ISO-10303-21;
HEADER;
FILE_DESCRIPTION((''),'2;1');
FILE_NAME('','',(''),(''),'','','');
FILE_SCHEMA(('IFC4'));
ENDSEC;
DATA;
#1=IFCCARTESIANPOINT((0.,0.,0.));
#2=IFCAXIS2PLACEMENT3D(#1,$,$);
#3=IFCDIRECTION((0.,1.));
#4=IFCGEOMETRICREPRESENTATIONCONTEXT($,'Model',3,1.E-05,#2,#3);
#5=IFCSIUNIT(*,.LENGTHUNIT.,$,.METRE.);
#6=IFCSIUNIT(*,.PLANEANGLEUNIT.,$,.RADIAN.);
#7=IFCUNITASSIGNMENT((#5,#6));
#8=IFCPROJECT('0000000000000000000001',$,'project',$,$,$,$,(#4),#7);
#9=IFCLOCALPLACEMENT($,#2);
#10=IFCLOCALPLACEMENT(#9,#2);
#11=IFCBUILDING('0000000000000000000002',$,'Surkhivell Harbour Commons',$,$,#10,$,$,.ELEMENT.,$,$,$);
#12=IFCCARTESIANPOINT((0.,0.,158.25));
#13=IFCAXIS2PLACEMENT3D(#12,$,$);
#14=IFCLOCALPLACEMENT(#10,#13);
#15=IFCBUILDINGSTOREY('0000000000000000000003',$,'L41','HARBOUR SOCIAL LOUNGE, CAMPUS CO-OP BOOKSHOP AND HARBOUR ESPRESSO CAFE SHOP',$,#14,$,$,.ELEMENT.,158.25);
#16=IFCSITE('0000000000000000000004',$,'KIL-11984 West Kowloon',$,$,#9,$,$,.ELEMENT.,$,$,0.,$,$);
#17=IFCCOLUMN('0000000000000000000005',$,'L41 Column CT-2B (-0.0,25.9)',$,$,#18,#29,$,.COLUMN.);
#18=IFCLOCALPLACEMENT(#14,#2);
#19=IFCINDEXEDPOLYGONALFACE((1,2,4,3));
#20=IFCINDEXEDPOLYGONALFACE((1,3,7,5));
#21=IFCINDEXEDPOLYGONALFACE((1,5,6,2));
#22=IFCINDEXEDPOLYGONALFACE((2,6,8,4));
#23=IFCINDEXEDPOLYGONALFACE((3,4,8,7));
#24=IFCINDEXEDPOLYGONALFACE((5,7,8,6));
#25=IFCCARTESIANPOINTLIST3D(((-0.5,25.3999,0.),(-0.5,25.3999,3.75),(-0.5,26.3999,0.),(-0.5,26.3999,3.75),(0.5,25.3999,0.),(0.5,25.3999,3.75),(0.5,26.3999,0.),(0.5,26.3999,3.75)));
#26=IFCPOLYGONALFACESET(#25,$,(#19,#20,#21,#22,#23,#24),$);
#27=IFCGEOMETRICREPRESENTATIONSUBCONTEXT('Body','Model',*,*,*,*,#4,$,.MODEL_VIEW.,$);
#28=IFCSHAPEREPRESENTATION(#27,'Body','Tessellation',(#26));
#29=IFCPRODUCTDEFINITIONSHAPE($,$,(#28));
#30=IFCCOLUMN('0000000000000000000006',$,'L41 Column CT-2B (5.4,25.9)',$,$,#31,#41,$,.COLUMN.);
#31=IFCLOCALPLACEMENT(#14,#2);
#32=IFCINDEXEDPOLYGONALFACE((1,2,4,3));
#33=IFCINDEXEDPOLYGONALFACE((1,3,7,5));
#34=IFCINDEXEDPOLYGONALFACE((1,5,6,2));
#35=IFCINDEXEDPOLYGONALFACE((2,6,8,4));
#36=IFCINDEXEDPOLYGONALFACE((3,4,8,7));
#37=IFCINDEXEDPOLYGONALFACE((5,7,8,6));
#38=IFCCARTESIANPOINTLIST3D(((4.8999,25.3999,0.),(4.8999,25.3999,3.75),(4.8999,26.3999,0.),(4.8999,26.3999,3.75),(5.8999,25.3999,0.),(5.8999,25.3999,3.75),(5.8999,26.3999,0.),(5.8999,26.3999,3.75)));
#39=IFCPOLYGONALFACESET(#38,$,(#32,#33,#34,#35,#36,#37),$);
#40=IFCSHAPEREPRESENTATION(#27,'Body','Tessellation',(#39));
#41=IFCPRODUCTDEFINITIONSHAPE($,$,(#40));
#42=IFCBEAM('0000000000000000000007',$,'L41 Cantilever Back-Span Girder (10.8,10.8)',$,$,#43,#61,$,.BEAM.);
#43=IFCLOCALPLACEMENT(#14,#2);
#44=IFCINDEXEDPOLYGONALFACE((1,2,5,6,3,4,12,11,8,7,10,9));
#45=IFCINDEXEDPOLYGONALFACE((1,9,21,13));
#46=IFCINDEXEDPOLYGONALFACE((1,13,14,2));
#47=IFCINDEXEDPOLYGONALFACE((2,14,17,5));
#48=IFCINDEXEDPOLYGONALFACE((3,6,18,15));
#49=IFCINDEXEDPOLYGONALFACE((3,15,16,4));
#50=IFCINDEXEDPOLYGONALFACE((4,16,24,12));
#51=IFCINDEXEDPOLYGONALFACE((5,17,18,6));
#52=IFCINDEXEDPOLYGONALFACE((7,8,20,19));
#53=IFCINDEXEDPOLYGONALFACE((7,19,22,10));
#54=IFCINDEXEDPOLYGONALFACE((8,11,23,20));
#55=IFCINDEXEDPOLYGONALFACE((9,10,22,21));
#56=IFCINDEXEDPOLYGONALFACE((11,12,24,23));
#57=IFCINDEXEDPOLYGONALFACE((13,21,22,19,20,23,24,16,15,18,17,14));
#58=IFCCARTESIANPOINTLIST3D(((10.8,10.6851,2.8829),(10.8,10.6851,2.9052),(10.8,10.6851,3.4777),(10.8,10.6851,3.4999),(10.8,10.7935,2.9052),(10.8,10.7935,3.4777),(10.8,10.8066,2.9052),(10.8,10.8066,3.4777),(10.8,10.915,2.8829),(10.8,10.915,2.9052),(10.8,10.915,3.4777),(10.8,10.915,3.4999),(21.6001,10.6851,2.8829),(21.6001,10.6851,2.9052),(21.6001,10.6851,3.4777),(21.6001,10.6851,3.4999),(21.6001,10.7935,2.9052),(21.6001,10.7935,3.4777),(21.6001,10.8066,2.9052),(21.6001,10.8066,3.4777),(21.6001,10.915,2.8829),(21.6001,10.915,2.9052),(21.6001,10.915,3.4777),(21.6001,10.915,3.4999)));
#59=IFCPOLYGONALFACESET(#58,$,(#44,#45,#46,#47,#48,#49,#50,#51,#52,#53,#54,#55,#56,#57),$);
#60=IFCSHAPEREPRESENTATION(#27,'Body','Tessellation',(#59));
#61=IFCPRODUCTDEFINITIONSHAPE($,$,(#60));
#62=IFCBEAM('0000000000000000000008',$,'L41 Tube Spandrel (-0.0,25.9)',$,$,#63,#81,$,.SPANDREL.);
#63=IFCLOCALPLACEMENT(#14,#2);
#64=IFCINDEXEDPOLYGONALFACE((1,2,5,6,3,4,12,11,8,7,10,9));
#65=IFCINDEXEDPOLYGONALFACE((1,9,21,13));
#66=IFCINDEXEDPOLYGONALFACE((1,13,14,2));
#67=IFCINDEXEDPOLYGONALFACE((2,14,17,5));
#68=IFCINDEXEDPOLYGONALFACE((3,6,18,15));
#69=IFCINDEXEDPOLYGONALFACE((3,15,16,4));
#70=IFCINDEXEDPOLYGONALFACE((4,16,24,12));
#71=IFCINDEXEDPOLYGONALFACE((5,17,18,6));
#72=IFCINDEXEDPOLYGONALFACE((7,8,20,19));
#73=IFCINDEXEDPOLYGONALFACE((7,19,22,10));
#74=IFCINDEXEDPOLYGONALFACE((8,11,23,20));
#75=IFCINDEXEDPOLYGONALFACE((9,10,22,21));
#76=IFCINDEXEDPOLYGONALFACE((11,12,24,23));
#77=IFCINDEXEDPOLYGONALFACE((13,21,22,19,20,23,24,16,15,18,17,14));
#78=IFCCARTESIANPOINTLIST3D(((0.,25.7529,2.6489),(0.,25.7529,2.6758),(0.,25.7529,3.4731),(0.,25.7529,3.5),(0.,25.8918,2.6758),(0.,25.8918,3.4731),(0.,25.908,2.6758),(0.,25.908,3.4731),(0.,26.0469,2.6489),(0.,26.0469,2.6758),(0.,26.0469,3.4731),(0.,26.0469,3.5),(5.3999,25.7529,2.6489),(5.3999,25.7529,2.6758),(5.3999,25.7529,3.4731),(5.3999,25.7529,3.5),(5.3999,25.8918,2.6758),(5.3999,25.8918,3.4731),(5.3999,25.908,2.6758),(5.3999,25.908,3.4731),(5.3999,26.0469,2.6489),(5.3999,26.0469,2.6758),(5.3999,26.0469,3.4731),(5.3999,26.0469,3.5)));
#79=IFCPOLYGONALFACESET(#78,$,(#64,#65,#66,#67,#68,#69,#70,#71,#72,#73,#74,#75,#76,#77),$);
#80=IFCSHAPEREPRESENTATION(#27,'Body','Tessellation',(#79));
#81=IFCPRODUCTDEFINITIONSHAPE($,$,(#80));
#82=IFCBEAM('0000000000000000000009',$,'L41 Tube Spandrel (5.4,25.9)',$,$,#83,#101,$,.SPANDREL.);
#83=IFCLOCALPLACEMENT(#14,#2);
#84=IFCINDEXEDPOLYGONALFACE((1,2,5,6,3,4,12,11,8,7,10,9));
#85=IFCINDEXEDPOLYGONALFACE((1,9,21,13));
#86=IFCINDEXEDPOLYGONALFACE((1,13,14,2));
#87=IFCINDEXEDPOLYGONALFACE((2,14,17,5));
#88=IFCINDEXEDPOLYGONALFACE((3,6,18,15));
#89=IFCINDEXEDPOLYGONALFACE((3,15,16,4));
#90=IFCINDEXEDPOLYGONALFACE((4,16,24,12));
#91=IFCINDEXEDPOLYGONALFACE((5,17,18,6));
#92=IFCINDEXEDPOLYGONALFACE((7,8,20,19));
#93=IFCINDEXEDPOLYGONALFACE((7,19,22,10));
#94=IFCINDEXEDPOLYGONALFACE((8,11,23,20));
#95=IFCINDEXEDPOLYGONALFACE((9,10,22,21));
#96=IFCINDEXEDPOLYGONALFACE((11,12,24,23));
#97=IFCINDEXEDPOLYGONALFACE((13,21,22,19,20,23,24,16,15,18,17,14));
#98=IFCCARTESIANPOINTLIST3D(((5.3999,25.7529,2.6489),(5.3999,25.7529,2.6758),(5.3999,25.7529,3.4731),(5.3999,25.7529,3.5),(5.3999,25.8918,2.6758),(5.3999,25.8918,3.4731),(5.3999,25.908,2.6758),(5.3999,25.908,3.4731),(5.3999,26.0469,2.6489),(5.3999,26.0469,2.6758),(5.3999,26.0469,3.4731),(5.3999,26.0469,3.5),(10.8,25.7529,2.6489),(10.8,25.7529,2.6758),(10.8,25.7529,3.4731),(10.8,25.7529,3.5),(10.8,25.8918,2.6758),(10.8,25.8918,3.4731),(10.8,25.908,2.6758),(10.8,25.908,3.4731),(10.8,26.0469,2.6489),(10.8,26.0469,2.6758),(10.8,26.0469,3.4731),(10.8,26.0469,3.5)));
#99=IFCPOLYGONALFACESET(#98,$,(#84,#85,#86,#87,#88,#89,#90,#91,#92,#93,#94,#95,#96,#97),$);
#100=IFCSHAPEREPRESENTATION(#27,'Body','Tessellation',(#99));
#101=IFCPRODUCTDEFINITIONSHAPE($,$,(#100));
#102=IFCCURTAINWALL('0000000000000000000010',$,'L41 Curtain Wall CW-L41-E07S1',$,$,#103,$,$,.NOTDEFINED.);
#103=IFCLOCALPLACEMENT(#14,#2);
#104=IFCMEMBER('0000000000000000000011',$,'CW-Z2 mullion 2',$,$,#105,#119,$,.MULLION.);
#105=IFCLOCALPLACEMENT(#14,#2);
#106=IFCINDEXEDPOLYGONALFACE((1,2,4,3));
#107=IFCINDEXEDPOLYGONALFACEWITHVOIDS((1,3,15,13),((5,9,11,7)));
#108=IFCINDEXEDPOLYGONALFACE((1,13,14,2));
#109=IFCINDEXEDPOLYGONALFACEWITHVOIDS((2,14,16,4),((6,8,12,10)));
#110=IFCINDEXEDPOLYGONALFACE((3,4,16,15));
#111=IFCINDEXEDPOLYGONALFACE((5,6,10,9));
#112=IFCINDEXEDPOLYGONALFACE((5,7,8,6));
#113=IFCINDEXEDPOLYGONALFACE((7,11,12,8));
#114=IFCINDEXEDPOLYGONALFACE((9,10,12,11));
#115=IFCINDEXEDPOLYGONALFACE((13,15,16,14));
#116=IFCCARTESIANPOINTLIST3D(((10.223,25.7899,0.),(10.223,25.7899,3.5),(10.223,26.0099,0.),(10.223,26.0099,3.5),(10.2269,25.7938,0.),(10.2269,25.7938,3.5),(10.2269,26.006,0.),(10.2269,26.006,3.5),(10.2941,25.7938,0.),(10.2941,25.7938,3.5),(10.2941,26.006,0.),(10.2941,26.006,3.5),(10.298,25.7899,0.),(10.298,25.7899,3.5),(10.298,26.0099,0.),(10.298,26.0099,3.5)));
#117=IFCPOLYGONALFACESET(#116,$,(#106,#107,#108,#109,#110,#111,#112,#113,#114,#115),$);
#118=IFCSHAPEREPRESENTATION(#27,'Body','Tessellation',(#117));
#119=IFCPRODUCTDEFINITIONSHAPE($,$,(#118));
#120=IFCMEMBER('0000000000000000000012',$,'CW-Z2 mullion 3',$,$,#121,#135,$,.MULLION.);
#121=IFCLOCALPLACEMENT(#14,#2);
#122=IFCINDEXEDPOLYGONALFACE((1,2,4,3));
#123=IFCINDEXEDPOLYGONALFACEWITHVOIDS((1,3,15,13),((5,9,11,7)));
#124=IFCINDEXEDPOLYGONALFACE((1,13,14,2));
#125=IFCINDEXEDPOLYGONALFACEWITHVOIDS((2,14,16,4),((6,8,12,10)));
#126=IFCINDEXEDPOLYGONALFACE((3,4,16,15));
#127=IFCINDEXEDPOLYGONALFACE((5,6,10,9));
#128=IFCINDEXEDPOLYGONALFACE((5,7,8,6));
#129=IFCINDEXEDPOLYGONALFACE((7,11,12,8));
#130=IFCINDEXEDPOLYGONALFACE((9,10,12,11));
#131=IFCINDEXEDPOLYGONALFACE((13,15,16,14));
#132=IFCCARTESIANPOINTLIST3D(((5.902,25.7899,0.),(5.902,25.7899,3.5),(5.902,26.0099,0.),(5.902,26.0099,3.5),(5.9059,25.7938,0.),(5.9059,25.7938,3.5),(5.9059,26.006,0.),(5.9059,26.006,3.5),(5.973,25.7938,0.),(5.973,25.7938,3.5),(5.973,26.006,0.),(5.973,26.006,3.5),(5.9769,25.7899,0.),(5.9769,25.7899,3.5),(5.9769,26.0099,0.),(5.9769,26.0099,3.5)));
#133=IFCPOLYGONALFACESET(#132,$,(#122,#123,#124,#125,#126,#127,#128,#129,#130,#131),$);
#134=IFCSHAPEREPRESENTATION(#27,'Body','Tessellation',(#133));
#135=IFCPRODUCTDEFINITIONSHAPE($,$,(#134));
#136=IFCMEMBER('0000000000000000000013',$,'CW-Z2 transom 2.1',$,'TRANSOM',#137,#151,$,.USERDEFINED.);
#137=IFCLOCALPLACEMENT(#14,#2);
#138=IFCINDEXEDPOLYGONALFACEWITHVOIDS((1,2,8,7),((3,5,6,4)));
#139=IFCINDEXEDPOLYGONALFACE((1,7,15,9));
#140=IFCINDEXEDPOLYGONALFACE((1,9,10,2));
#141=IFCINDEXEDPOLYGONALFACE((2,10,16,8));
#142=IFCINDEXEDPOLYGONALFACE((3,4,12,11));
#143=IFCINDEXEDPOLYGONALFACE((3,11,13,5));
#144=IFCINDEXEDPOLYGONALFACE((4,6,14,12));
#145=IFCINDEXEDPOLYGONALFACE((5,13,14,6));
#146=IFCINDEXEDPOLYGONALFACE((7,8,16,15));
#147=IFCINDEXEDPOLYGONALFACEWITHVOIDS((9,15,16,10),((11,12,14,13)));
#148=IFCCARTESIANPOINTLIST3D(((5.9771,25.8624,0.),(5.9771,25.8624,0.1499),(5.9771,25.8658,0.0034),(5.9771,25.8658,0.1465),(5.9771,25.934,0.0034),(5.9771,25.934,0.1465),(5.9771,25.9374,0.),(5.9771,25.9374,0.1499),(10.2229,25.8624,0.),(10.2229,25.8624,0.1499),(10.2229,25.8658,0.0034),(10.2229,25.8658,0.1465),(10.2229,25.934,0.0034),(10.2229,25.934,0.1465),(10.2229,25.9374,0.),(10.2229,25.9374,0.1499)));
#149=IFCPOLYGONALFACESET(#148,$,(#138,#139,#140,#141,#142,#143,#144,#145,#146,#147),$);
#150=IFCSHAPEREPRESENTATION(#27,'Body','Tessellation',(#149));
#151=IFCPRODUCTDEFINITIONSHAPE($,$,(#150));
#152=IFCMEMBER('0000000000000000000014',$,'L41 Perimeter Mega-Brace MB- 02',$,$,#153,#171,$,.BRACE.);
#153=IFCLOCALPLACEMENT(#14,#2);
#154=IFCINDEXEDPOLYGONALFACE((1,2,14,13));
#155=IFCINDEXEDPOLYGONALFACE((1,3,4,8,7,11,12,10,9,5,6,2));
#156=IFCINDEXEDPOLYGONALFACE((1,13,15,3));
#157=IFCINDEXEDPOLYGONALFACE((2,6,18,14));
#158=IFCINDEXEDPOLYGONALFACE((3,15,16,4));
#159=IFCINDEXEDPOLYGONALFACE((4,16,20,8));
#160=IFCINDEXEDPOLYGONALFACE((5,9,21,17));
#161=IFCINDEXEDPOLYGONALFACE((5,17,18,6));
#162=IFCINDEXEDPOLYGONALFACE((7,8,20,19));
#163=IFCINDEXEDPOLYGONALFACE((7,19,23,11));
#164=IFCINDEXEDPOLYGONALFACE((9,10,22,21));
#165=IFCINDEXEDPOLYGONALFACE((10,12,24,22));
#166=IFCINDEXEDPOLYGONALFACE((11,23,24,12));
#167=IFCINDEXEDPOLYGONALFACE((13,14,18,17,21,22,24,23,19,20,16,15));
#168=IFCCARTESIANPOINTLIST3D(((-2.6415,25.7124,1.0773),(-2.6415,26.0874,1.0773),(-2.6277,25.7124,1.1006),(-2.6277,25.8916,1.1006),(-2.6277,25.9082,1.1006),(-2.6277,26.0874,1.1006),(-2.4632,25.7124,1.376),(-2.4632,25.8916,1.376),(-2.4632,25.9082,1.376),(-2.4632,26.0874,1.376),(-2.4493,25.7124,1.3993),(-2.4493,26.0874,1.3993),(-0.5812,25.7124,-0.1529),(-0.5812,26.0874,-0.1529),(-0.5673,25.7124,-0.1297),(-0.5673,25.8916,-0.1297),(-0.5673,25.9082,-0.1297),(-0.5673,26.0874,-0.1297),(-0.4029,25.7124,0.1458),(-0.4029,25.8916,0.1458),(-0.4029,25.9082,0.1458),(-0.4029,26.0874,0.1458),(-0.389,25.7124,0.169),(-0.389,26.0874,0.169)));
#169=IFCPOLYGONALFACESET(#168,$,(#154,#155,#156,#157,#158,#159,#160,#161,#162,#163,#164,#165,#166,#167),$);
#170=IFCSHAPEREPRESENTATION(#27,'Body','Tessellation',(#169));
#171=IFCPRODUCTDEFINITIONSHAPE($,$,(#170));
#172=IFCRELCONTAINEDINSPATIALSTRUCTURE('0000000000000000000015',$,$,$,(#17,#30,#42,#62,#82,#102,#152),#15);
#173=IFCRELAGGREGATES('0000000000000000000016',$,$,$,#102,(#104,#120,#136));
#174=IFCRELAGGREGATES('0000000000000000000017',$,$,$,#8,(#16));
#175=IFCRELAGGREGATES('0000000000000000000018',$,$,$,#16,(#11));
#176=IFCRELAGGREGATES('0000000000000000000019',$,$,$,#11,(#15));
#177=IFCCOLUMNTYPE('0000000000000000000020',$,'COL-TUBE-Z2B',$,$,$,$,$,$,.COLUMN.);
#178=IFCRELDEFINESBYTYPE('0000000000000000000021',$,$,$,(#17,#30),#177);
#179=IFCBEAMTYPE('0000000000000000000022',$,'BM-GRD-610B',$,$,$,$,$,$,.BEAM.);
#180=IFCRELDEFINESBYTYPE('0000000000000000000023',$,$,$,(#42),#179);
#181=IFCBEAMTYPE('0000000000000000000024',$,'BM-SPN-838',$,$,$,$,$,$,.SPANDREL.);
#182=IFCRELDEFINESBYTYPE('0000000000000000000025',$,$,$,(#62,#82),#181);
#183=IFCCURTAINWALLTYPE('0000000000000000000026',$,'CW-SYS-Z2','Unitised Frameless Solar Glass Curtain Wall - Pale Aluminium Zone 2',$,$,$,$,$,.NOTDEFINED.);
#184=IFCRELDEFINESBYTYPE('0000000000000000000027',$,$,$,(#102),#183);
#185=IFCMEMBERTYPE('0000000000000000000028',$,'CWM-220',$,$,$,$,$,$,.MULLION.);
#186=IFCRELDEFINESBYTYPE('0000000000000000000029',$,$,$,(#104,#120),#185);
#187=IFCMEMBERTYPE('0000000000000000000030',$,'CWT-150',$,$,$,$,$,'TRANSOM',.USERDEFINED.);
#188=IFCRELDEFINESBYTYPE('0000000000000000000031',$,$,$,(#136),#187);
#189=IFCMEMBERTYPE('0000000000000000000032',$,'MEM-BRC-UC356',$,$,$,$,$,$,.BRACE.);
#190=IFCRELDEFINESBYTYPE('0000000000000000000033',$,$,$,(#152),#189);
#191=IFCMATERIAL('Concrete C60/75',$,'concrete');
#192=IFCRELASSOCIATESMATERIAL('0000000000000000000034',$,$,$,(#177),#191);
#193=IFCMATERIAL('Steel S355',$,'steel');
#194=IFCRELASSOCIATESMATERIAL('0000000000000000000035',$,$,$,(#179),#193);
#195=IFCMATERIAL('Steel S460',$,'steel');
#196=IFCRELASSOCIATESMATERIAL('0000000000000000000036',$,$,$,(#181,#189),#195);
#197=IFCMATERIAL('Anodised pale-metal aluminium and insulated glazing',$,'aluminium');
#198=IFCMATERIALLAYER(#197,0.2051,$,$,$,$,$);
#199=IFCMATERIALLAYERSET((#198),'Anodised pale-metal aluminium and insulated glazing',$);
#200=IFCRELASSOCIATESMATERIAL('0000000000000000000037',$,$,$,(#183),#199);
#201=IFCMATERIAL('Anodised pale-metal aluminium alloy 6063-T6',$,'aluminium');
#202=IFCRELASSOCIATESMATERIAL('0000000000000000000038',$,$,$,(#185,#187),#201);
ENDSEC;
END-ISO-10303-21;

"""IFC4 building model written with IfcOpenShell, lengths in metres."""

from ifc_helpers import new_model, si_unit, direction, frame, origin, origin_2d, place, context, subcontext, project, spatial, rectangle, hollow_rectangle, i_section, extrude, material, layer, layer_set, material_profile, profile_set, type_object, element, aggregate, save


model = new_model("IFC4")

# Units and contexts
model_context = context("Model", 3, precision=1e-05, world=origin(), true_north=direction((0.0, 1.0)))
body_context = subcontext(model_context, "Body", "Model", "MODEL_VIEW")
ifc_project = project(units=[si_unit("LENGTHUNIT", "METRE"), si_unit("PLANEANGLEUNIT", "RADIAN")], contexts=[model_context])

# Site, building, storey
site_placement = place(None, origin())
site = spatial("IfcSite", under=ifc_project, at=site_placement, Name="KIL-11984 West Kowloon", CompositionType="ELEMENT", RefElevation=0.0)
building_placement = place(site_placement, origin())
building = spatial("IfcBuilding", under=site, at=building_placement, Name="Surkhivell Harbour Commons", CompositionType="ELEMENT")
storey_placement = place(building_placement, frame((0.0, 0.0, 158.25)))
storey = spatial("IfcBuildingStorey", under=building, at=storey_placement, Name="L41", Description="HARBOUR SOCIAL LOUNGE, CAMPUS CO-OP BOOKSHOP AND HARBOUR ESPRESSO CAFE SHOP", CompositionType="ELEMENT", Elevation=158.25)

# Columns
ifc_material_1 = material(Name="Concrete C60/75", Category="concrete")
ifc_material_profile_1 = material_profile(ifc_material_1, rectangle(XDim=1.0, YDim=1.0, at=origin_2d()), Name="RC-COL-1000x1000")
ifc_profile_set_1 = profile_set([ifc_material_profile_1], Name="Concrete C60/75")
column_type = type_object("IfcColumnType", Name="COL-TUBE-Z2B", PredefinedType="COLUMN", material=ifc_profile_set_1)
for number, where, z_axis, x_axis, name in (
    (1, (0.0, 25.8999, 0.0), (0.0, 0.0, 1.0), (1.0, 0.0, 0.0), "L41 Column CT-2B (-0.0,25.9)"),
    (2, (5.3999, 25.8999, 0.0), (0.0, 0.0, 1.0), (1.0, 0.0, 0.0), "L41 Column CT-2B (5.4,25.9)"),
):
    element("IfcColumn", number, at=place(storey_placement, frame(where, z_axis=z_axis, x_axis=x_axis)), inside=storey, type_object=column_type, Name=name, PredefinedType="COLUMN", context=body_context, shape_type="SweptSolid", body=[
        extrude(rectangle(XDim=1.0, YDim=1.0, at=origin_2d()), origin(), (0.0, 0.0, 1.0), 3.75),
    ])

# Beams
ifc_material_2 = material(Name="Steel S355", Category="steel")
ifc_material_profile_2 = material_profile(ifc_material_2, i_section(OverallWidth=0.23, OverallDepth=0.6169, WebThickness=0.0132, FlangeThickness=0.0222, at=origin_2d()), Name="UB610x229x140")
ifc_profile_set_2 = profile_set([ifc_material_profile_2], Name="Steel S355")
beam_type_1 = type_object("IfcBeamType", Name="BM-GRD-610B", PredefinedType="BEAM", material=ifc_profile_set_2)
beam_1_placement = place(storey_placement, frame((10.8, 10.8, 3.1914), z_axis=(1.0, 0.0, 0.0), x_axis=(0.0, 1.0, 0.0)))
element("IfcBeam", 3, at=beam_1_placement, inside=storey, type_object=beam_type_1, Name="L41 Cantilever Back-Span Girder (10.8,10.8)", PredefinedType="BEAM", context=body_context, shape_type="SweptSolid", body=[
    extrude(i_section(OverallWidth=0.23, OverallDepth=0.6169, WebThickness=0.0132, FlangeThickness=0.0222, at=origin_2d()), origin(), (0.0, 0.0, 1.0), 10.8),
])
ifc_material_3 = material(Name="Steel S460", Category="steel")
ifc_material_profile_3 = material_profile(ifc_material_3, i_section(OverallWidth=0.2939, OverallDepth=0.8511, WebThickness=0.0161, FlangeThickness=0.0269, at=origin_2d()), Name="UB838x292x226")
ifc_profile_set_3 = profile_set([ifc_material_profile_3], Name="Steel S460")
beam_type_2 = type_object("IfcBeamType", Name="BM-SPN-838", PredefinedType="SPANDREL", material=ifc_profile_set_3)
beam_2_placement = place(storey_placement, frame((0.0, 25.8999, 3.0745), z_axis=(1.0, 0.0, 0.0), x_axis=(0.0, 1.0, 0.0)))
element("IfcBeam", 4, at=beam_2_placement, inside=storey, type_object=beam_type_2, Name="L41 Tube Spandrel (-0.0,25.9)", PredefinedType="SPANDREL", context=body_context, shape_type="SweptSolid", body=[
    extrude(i_section(OverallWidth=0.2939, OverallDepth=0.8511, WebThickness=0.0161, FlangeThickness=0.0269, at=origin_2d()), origin(), (0.0, 0.0, 1.0), 5.3999),
])
beam_3_placement = place(storey_placement, frame((5.3999, 25.8999, 3.0745), z_axis=(1.0, 0.0, 0.0), x_axis=(0.0, 1.0, 0.0)))
element("IfcBeam", 5, at=beam_3_placement, inside=storey, type_object=beam_type_2, Name="L41 Tube Spandrel (5.4,25.9)", PredefinedType="SPANDREL", context=body_context, shape_type="SweptSolid", body=[
    extrude(i_section(OverallWidth=0.2939, OverallDepth=0.8511, WebThickness=0.0161, FlangeThickness=0.0269, at=origin_2d()), origin(), (0.0, 0.0, 1.0), 5.4001),
])

# Curtain wall, members
ifc_material_4 = material(Name="Anodised pale-metal aluminium and insulated glazing", Category="aluminium")
ifc_layer_1 = layer(ifc_material_4, 0.2051)
ifc_layer_set_1 = layer_set([ifc_layer_1], Name="Anodised pale-metal aluminium and insulated glazing")
curtain_wall_type = type_object("IfcCurtainWallType", Name="CW-SYS-Z2", Description="Unitised Frameless Solar Glass Curtain Wall - Pale Aluminium Zone 2", PredefinedType="NOTDEFINED", material=ifc_layer_set_1)
curtain_wall_placement = place(storey_placement, origin())
curtain_wall = element("IfcCurtainWall", 6, at=curtain_wall_placement, inside=storey, type_object=curtain_wall_type, Name="L41 Curtain Wall CW-L41-E07S1", PredefinedType="NOTDEFINED")
ifc_material_5 = material(Name="Anodised pale-metal aluminium alloy 6063-T6", Category="aluminium")
ifc_material_profile_4 = material_profile(ifc_material_5, hollow_rectangle(XDim=0.075, YDim=0.22, WallThickness=0.0039, at=origin_2d()), Name="ALU-MULL-75x220")
ifc_profile_set_4 = profile_set([ifc_material_profile_4], Name="Anodised pale-metal aluminium alloy 6063-T6")
member_type_1 = type_object("IfcMemberType", Name="CWM-220", PredefinedType="MULLION", material=ifc_profile_set_4)
member_1_placement = place(storey_placement, frame((10.2605, 25.8999, 0.0), z_axis=(0.0, 0.0, 1.0), x_axis=(-1.0, 0.0, 0.0)))
member_1 = element("IfcMember", 7, at=member_1_placement, type_object=member_type_1, Name="CW-Z2 mullion 2", PredefinedType="MULLION", context=body_context, shape_type="SweptSolid", body=[
    extrude(hollow_rectangle(XDim=0.075, YDim=0.22, WallThickness=0.0039, at=origin_2d()), origin(), (0.0, 0.0, 1.0), 3.5),
])
member_2_placement = place(storey_placement, frame((5.9395, 25.8999, 0.0), z_axis=(0.0, 0.0, 1.0), x_axis=(-1.0, 0.0, 0.0)))
member_2 = element("IfcMember", 8, at=member_2_placement, type_object=member_type_1, Name="CW-Z2 mullion 3", PredefinedType="MULLION", context=body_context, shape_type="SweptSolid", body=[
    extrude(hollow_rectangle(XDim=0.075, YDim=0.22, WallThickness=0.0039, at=origin_2d()), origin(), (0.0, 0.0, 1.0), 3.5),
])
ifc_material_profile_5 = material_profile(ifc_material_5, hollow_rectangle(XDim=0.075, YDim=0.1499, WallThickness=0.0034, at=origin_2d()), Name="ALU-TRAN-75x150")
ifc_profile_set_5 = profile_set([ifc_material_profile_5], Name="Anodised pale-metal aluminium alloy 6063-T6")
member_type_2 = type_object("IfcMemberType", Name="CWT-150", ElementType="TRANSOM", PredefinedType="USERDEFINED", material=ifc_profile_set_5)
member_3_placement = place(storey_placement, frame((10.2229, 25.8999, 0.075), z_axis=(-1.0, 0.0, 0.0), x_axis=(0.0, -1.0, 0.0)))
member_3 = element("IfcMember", 9, at=member_3_placement, type_object=member_type_2, Name="CW-Z2 transom 2.1", ObjectType="TRANSOM", PredefinedType="USERDEFINED", context=body_context, shape_type="SweptSolid", body=[
    extrude(hollow_rectangle(XDim=0.075, YDim=0.1499, WallThickness=0.0034, at=origin_2d()), origin(), (0.0, 0.0, 1.0), 4.2458),
])

# Member
ifc_material_profile_6 = material_profile(ifc_material_3, i_section(OverallWidth=0.375, OverallDepth=0.375, WebThickness=0.0166, FlangeThickness=0.0271, at=origin_2d()), Name="UC356x368x202")
ifc_profile_set_6 = profile_set([ifc_material_profile_6], Name="Steel S460")
member_type_3 = type_object("IfcMemberType", Name="MEM-BRC-UC356", PredefinedType="BRACE", material=ifc_profile_set_6)
member_4_placement = place(storey_placement, frame((-0.4851, 25.8999, 0.0081), z_axis=(-0.858586, 0.0, 0.512669), x_axis=(0.0, -1.0, 0.0)))
element("IfcMember", 10, at=member_4_placement, inside=storey, type_object=member_type_3, Name="L41 Perimeter Mega-Brace MB- 02", PredefinedType="BRACE", context=body_context, shape_type="SweptSolid", body=[
    extrude(i_section(OverallWidth=0.375, OverallDepth=0.375, WebThickness=0.0166, FlangeThickness=0.0271, at=origin_2d()), origin(), (0.0, 0.0, 1.0), 2.3997),
])

aggregate(curtain_wall, [member_1, member_2, member_3])

save(model, "model.ifc")
